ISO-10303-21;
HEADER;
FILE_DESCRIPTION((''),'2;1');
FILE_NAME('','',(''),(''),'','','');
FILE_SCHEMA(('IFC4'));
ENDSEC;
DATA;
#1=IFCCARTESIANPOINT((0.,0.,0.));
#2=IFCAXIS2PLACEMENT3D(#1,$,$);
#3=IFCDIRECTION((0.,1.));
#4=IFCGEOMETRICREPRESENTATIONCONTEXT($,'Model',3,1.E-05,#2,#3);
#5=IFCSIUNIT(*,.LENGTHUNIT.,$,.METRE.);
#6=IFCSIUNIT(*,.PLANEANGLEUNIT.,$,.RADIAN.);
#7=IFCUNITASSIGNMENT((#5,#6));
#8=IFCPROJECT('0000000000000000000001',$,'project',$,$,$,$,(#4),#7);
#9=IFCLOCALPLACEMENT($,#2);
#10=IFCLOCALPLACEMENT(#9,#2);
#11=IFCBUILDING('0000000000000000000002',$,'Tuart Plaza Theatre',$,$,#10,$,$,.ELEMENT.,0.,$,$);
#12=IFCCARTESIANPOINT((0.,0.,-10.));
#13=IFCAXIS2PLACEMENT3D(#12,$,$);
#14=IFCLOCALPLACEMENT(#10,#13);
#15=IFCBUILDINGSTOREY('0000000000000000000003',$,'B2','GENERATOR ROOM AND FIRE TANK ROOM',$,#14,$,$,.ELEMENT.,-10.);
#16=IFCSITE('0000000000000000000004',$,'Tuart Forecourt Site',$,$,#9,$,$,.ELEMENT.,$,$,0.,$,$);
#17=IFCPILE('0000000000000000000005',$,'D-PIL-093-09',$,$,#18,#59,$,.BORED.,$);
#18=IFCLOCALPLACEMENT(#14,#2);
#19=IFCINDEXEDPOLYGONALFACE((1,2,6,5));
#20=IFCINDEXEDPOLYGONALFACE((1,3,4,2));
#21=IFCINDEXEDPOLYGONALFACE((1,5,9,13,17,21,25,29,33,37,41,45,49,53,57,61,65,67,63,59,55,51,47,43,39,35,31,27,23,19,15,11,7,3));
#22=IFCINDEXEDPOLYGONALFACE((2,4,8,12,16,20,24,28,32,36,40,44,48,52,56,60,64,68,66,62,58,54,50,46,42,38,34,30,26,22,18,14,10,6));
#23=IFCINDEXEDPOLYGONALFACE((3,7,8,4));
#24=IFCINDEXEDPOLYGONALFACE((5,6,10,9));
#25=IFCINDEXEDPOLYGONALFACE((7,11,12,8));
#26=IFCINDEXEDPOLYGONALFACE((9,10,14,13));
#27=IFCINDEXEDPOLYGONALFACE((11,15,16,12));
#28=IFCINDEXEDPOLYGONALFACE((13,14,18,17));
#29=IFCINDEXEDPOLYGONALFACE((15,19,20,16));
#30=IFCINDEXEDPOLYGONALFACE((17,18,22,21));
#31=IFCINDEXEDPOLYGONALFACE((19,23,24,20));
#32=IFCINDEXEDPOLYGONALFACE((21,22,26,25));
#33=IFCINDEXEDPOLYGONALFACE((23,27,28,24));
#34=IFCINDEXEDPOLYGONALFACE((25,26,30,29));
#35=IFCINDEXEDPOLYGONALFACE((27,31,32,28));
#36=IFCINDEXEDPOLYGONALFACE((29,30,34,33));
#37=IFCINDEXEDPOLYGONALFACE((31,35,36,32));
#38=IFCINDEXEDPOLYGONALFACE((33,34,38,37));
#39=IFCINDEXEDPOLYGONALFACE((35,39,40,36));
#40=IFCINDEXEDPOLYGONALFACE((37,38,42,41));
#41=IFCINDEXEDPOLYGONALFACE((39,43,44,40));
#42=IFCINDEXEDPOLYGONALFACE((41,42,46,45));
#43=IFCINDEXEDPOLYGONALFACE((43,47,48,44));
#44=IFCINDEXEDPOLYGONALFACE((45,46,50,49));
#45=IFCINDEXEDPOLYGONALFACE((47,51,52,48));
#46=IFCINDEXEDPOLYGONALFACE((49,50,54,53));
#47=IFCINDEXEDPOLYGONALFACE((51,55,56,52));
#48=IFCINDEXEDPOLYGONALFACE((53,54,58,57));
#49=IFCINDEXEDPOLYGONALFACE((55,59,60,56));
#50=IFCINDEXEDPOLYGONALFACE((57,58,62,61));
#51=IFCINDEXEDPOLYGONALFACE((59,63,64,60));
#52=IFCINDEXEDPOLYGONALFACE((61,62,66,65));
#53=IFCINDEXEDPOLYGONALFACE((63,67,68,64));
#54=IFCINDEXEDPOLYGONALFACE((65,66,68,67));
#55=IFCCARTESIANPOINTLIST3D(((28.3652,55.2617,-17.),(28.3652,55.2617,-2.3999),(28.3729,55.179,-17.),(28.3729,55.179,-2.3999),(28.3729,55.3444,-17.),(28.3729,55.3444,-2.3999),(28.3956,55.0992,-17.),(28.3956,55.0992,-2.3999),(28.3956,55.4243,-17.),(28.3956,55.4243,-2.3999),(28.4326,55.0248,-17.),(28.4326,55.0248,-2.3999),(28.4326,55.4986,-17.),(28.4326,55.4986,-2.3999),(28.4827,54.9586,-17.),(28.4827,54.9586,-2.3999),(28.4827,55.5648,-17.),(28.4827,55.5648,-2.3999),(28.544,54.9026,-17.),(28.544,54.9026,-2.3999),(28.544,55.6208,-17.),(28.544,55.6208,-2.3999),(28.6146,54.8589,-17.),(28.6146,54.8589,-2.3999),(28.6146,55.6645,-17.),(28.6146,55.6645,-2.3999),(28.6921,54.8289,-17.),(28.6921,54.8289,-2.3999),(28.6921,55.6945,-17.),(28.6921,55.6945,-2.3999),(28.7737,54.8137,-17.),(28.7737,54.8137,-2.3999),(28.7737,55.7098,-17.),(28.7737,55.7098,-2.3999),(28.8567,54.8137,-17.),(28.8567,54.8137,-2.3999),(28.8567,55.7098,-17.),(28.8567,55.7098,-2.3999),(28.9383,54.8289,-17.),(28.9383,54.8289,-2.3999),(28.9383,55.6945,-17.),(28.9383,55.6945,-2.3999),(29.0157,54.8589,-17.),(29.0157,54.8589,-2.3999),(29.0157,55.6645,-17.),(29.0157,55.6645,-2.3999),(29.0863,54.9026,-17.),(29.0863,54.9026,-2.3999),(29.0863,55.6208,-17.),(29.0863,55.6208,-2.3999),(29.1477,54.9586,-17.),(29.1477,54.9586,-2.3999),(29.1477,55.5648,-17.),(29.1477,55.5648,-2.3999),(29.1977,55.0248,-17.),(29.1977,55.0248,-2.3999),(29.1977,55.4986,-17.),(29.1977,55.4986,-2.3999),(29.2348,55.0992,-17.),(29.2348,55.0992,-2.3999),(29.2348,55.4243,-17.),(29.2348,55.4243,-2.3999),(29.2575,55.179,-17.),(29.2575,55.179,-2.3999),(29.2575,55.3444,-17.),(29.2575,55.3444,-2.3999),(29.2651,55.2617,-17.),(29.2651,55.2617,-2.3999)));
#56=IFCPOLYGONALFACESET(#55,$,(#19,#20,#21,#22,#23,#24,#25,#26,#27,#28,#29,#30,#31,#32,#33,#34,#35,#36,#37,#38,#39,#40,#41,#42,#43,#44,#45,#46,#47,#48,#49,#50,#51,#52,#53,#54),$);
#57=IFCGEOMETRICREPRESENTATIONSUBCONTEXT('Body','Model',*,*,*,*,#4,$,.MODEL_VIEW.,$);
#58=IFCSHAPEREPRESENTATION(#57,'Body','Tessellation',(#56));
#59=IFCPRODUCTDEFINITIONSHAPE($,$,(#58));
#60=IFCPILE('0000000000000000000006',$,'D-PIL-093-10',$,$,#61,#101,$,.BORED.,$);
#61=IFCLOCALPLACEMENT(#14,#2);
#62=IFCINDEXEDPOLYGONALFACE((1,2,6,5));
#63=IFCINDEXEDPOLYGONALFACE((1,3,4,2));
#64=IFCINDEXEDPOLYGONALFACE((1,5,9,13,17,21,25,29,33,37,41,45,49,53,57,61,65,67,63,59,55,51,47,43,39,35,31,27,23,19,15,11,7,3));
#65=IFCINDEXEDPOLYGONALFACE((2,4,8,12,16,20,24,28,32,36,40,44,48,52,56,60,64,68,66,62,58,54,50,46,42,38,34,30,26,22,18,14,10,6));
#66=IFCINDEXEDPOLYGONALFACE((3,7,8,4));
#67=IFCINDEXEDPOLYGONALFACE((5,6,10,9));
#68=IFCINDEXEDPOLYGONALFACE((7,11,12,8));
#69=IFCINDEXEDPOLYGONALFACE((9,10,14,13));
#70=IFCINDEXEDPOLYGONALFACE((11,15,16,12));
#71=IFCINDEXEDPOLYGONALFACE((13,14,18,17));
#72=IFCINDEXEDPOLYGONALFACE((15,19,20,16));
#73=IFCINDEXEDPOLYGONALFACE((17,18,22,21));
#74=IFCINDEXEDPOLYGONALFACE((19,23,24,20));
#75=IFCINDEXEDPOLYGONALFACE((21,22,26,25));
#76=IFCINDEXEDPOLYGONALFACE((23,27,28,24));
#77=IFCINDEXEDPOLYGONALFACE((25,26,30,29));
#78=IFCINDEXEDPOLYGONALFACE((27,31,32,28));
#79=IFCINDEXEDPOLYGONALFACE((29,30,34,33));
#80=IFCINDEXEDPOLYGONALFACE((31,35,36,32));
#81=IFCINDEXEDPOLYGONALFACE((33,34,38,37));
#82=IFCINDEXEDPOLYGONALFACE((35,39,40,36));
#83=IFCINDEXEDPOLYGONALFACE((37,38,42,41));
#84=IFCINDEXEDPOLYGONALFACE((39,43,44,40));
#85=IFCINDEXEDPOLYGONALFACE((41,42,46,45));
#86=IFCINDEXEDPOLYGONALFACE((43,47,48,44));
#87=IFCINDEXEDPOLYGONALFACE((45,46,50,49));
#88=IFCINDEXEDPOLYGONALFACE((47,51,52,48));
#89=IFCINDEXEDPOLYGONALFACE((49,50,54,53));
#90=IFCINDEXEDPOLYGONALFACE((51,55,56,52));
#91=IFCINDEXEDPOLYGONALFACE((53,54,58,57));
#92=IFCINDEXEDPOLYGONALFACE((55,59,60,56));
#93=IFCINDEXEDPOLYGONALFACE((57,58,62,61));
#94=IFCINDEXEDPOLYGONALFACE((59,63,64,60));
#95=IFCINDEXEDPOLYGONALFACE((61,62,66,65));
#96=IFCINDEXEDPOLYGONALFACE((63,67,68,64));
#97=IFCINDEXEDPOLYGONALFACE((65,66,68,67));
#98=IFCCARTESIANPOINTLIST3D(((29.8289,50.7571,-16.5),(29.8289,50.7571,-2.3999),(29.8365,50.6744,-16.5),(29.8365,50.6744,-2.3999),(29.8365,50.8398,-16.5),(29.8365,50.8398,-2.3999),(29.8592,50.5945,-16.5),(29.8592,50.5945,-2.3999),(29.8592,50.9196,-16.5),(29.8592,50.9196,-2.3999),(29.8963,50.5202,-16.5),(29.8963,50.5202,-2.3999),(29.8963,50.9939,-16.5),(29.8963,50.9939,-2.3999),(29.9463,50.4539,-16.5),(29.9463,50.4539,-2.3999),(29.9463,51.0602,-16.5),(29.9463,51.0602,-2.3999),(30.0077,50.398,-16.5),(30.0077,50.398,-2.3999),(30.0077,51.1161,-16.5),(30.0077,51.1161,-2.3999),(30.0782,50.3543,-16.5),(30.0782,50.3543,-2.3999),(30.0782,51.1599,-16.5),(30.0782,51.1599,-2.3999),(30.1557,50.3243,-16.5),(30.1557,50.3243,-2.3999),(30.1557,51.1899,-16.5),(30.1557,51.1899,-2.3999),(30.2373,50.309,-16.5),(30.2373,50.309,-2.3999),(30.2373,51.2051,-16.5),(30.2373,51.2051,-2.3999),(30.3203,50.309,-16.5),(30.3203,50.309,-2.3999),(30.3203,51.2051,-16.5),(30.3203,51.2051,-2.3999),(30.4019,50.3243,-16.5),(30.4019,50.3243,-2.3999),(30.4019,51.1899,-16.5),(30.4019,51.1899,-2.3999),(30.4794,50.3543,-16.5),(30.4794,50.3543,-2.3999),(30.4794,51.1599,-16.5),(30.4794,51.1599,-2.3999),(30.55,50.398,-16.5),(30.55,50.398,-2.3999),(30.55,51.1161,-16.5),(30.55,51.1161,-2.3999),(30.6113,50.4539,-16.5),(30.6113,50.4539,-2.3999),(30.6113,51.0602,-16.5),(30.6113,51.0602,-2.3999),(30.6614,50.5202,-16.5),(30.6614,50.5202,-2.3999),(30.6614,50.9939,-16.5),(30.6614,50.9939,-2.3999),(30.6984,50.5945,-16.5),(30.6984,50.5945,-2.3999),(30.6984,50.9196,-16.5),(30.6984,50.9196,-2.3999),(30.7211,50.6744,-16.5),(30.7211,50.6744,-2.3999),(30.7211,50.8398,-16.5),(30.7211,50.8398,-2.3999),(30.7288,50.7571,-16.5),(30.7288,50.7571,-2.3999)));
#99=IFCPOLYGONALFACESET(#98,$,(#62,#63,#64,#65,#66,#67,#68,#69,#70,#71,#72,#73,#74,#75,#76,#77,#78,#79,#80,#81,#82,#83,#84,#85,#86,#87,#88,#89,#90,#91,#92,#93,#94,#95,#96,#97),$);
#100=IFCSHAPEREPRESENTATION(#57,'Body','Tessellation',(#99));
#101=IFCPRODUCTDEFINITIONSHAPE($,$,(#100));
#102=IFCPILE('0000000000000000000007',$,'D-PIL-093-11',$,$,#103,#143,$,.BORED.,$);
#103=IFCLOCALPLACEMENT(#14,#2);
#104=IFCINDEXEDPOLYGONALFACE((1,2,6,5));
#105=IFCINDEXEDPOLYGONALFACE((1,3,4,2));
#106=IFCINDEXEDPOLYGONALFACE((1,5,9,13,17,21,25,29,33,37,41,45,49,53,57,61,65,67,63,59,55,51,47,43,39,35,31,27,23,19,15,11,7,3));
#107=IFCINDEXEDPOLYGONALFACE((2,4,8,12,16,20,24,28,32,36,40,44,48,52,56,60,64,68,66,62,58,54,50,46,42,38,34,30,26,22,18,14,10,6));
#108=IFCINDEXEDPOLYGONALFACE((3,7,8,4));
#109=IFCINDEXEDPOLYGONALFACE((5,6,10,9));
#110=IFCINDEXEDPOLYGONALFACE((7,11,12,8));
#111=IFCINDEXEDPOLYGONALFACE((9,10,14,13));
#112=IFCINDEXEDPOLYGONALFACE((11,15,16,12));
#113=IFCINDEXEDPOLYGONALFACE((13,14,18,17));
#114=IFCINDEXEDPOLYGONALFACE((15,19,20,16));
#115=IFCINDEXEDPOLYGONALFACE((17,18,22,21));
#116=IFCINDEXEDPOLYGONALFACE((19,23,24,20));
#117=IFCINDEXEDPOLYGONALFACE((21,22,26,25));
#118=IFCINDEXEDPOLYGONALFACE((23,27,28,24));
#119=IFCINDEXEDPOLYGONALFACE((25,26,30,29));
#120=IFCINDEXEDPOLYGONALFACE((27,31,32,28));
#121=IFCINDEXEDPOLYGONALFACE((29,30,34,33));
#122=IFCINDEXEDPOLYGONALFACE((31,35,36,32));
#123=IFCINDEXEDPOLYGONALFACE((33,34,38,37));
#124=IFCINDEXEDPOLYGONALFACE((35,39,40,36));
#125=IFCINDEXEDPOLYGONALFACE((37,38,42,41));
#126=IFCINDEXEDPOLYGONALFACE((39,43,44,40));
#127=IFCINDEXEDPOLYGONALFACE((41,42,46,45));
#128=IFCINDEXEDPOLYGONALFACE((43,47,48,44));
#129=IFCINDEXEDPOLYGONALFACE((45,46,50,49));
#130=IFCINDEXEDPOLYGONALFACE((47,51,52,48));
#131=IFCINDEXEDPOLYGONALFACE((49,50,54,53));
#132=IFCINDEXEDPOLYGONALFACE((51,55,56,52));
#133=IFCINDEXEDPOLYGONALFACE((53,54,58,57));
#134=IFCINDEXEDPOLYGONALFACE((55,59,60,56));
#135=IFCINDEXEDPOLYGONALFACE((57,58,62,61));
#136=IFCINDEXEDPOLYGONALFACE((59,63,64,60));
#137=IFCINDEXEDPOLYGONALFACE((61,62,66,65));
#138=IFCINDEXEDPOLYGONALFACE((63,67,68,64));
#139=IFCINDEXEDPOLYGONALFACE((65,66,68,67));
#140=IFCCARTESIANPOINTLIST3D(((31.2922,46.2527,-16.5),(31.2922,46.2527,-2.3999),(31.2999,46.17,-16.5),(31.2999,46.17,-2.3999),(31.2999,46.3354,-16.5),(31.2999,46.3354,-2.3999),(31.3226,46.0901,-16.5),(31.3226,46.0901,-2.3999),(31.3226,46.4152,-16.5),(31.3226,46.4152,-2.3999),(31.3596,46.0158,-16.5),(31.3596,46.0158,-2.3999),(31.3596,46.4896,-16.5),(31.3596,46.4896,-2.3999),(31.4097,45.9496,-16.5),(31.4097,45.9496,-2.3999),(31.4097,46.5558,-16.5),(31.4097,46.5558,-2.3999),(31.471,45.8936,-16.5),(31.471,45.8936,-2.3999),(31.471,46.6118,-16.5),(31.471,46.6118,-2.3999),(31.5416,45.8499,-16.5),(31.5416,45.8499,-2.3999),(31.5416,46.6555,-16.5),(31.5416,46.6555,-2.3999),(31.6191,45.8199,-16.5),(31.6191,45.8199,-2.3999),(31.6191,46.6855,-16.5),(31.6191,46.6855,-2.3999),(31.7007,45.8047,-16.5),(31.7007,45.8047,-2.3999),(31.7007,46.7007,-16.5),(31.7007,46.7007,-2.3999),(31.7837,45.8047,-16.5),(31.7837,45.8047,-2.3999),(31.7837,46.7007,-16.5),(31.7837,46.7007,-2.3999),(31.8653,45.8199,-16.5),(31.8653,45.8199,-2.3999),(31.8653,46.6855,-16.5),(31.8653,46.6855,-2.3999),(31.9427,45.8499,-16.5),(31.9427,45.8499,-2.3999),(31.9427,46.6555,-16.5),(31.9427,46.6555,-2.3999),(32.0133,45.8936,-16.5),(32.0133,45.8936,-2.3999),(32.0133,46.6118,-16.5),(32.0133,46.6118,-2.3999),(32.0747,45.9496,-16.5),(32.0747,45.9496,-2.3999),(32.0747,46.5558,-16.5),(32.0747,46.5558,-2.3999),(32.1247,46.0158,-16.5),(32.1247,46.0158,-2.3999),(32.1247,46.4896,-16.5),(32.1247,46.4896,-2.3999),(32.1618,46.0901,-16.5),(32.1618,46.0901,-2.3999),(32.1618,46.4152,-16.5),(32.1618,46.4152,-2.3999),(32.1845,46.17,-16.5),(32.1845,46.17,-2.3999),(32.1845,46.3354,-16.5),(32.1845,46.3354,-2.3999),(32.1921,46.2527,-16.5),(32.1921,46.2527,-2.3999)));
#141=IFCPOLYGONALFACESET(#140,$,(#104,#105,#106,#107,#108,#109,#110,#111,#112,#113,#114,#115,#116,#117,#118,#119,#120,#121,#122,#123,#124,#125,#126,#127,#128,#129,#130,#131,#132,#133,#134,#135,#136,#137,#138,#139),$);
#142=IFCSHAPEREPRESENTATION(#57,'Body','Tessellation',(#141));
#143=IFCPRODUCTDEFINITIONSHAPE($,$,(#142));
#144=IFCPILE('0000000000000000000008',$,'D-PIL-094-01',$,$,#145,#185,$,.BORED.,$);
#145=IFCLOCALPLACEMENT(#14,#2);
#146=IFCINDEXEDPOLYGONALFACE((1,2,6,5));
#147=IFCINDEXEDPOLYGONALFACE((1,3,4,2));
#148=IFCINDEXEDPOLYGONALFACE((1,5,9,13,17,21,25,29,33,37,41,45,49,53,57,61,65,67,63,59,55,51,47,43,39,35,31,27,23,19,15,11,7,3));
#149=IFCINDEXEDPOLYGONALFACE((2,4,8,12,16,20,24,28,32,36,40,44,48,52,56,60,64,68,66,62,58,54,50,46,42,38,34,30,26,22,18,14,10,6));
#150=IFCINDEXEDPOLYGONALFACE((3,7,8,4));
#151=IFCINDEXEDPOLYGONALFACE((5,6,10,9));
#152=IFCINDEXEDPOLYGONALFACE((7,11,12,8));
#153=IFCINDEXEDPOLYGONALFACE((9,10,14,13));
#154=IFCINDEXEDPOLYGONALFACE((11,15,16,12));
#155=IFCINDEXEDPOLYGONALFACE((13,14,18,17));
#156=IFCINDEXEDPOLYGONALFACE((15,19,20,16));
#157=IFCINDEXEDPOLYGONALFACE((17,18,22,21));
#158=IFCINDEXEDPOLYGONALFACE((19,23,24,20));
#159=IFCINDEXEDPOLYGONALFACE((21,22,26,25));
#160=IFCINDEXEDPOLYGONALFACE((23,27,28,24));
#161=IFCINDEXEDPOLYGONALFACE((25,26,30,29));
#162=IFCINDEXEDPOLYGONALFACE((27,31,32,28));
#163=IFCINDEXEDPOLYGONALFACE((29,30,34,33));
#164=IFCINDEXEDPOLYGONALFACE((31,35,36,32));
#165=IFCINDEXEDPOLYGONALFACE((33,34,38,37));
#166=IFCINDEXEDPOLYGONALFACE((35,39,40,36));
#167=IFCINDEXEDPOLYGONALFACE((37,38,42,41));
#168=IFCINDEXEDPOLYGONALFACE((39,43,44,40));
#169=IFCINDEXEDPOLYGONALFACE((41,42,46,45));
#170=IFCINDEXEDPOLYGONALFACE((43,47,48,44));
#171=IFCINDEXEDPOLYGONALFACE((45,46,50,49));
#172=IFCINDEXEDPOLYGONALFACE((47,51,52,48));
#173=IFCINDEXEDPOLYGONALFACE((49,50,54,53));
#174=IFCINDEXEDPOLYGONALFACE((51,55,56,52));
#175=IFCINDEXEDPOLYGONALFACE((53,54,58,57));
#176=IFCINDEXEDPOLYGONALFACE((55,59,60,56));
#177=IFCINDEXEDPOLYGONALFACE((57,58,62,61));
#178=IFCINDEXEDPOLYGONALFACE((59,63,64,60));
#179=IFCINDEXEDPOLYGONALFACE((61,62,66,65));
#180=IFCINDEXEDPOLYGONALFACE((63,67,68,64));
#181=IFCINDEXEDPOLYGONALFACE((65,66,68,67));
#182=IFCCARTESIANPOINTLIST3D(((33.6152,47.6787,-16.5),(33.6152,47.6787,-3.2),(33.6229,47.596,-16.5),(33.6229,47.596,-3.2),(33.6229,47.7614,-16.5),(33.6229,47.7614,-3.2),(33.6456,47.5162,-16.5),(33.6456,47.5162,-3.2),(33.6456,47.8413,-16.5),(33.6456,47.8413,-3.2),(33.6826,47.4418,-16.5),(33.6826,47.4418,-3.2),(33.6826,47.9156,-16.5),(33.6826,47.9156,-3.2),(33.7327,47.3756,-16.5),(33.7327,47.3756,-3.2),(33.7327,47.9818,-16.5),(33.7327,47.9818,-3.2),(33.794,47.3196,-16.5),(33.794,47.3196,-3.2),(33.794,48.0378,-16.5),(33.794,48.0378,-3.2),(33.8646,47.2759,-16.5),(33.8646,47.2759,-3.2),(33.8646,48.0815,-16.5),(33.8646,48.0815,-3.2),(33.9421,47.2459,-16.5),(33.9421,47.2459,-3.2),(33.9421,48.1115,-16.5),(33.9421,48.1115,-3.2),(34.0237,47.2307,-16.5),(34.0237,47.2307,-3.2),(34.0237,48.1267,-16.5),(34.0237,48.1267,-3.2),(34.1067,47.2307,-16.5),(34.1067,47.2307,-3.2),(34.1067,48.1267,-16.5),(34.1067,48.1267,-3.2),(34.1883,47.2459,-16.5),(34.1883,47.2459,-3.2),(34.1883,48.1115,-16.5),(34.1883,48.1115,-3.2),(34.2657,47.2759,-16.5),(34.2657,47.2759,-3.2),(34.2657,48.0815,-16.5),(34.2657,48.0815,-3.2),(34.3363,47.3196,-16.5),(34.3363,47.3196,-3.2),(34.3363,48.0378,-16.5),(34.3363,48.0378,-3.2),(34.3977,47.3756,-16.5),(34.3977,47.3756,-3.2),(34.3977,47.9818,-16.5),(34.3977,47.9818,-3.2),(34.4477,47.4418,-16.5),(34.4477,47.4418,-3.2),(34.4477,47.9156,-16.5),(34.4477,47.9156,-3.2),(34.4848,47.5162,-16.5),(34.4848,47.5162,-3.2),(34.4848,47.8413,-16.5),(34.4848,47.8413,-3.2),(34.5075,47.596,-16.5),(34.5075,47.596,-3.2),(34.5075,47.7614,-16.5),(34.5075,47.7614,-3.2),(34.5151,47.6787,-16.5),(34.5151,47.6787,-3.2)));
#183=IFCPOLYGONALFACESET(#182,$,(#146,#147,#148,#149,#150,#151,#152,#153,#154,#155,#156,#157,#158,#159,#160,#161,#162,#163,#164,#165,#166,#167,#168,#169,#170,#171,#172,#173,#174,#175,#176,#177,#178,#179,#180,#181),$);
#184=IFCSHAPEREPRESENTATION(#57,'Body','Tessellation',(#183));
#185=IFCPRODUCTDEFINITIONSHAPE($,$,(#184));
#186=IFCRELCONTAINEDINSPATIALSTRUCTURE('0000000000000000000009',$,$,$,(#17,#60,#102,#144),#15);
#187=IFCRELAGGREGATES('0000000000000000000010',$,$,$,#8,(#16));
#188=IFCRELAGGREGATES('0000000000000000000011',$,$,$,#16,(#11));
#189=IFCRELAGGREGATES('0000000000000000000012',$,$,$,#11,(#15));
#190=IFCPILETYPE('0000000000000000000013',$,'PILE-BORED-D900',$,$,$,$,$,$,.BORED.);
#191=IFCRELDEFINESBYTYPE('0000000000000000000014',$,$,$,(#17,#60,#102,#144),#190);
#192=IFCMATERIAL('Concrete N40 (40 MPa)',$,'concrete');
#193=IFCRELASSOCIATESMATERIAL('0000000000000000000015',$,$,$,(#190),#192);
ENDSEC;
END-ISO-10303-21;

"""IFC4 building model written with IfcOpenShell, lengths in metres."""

from ifc_helpers import new_model, si_unit, direction, frame, origin, origin_2d, place, context, subcontext, project, spatial, circle, extrude, material, material_profile, profile_set, type_object, element, save


model = new_model("IFC4")

# Units and contexts
model_context = context("Model", 3, precision=1e-05, world=origin(), true_north=direction((0.0, 1.0)))
body_context = subcontext(model_context, "Body", "Model", "MODEL_VIEW")
ifc_project = project(units=[si_unit("LENGTHUNIT", "METRE"), si_unit("PLANEANGLEUNIT", "RADIAN")], contexts=[model_context])

# Site, building, storey
site_placement = place(None, origin())
site = spatial("IfcSite", under=ifc_project, at=site_placement, Name="Tuart Forecourt Site", CompositionType="ELEMENT", RefElevation=0.0)
building_placement = place(site_placement, origin())
building = spatial("IfcBuilding", under=site, at=building_placement, Name="Tuart Plaza Theatre", CompositionType="ELEMENT", ElevationOfRefHeight=0.0)
storey_placement = place(building_placement, frame((0.0, 0.0, -10.0)))
storey = spatial("IfcBuildingStorey", under=building, at=storey_placement, Name="B2", Description="GENERATOR ROOM AND FIRE TANK ROOM", CompositionType="ELEMENT", Elevation=-10.0)

# Piles
ifc_material_1 = material(Name="Concrete N40 (40 MPa)", Category="concrete")
ifc_material_profile = material_profile(ifc_material_1, circle(Radius=0.45, at=origin_2d()), Name="PILE-BORED-D900")
ifc_profile_set = profile_set([ifc_material_profile], Name="Concrete N40 (40 MPa)")
pile_type = type_object("IfcPileType", Name="PILE-BORED-D900", PredefinedType="BORED", material=ifc_profile_set)
pile_placement = place(storey_placement, frame((28.8152, 55.2617, -2.3999), z_axis=(0.0, 0.0, -1.0), x_axis=(1.0, 0.0, 0.0)))
element("IfcPile", 1, at=pile_placement, inside=storey, type_object=pile_type, Name="D-PIL-093-09", PredefinedType="BORED", context=body_context, shape_type="SweptSolid", body=[
    extrude(circle(Radius=0.45, at=origin_2d()), origin(), (0.0, 0.0, 1.0), 14.6001),
])
for number, where, z_axis, x_axis, name in (
    (2, (30.2788, 50.7571, -2.3999), (0.0, 0.0, -1.0), (1.0, 0.0, 0.0), "D-PIL-093-10"),
    (3, (31.7422, 46.2527, -2.3999), (0.0, 0.0, -1.0), (1.0, 0.0, 0.0), "D-PIL-093-11"),
):
    element("IfcPile", number, at=place(storey_placement, frame(where, z_axis=z_axis, x_axis=x_axis)), inside=storey, type_object=pile_type, Name=name, PredefinedType="BORED", context=body_context, shape_type="SweptSolid", body=[
        extrude(circle(Radius=0.45, at=origin_2d()), origin(), (0.0, 0.0, 1.0), 14.1001),
    ])
for number, where, z_axis, x_axis, name in (
    (4, (34.0652, 47.6787, -3.2), (0.0, 0.0, -1.0), (1.0, 0.0, 0.0), "D-PIL-094-01"),
):
    element("IfcPile", number, at=place(storey_placement, frame(where, z_axis=z_axis, x_axis=x_axis)), inside=storey, type_object=pile_type, Name=name, PredefinedType="BORED", context=body_context, shape_type="SweptSolid", body=[
        extrude(circle(Radius=0.45, at=origin_2d()), origin(), (0.0, 0.0, 1.0), 13.3),
    ])

save(model, "model.ifc")
